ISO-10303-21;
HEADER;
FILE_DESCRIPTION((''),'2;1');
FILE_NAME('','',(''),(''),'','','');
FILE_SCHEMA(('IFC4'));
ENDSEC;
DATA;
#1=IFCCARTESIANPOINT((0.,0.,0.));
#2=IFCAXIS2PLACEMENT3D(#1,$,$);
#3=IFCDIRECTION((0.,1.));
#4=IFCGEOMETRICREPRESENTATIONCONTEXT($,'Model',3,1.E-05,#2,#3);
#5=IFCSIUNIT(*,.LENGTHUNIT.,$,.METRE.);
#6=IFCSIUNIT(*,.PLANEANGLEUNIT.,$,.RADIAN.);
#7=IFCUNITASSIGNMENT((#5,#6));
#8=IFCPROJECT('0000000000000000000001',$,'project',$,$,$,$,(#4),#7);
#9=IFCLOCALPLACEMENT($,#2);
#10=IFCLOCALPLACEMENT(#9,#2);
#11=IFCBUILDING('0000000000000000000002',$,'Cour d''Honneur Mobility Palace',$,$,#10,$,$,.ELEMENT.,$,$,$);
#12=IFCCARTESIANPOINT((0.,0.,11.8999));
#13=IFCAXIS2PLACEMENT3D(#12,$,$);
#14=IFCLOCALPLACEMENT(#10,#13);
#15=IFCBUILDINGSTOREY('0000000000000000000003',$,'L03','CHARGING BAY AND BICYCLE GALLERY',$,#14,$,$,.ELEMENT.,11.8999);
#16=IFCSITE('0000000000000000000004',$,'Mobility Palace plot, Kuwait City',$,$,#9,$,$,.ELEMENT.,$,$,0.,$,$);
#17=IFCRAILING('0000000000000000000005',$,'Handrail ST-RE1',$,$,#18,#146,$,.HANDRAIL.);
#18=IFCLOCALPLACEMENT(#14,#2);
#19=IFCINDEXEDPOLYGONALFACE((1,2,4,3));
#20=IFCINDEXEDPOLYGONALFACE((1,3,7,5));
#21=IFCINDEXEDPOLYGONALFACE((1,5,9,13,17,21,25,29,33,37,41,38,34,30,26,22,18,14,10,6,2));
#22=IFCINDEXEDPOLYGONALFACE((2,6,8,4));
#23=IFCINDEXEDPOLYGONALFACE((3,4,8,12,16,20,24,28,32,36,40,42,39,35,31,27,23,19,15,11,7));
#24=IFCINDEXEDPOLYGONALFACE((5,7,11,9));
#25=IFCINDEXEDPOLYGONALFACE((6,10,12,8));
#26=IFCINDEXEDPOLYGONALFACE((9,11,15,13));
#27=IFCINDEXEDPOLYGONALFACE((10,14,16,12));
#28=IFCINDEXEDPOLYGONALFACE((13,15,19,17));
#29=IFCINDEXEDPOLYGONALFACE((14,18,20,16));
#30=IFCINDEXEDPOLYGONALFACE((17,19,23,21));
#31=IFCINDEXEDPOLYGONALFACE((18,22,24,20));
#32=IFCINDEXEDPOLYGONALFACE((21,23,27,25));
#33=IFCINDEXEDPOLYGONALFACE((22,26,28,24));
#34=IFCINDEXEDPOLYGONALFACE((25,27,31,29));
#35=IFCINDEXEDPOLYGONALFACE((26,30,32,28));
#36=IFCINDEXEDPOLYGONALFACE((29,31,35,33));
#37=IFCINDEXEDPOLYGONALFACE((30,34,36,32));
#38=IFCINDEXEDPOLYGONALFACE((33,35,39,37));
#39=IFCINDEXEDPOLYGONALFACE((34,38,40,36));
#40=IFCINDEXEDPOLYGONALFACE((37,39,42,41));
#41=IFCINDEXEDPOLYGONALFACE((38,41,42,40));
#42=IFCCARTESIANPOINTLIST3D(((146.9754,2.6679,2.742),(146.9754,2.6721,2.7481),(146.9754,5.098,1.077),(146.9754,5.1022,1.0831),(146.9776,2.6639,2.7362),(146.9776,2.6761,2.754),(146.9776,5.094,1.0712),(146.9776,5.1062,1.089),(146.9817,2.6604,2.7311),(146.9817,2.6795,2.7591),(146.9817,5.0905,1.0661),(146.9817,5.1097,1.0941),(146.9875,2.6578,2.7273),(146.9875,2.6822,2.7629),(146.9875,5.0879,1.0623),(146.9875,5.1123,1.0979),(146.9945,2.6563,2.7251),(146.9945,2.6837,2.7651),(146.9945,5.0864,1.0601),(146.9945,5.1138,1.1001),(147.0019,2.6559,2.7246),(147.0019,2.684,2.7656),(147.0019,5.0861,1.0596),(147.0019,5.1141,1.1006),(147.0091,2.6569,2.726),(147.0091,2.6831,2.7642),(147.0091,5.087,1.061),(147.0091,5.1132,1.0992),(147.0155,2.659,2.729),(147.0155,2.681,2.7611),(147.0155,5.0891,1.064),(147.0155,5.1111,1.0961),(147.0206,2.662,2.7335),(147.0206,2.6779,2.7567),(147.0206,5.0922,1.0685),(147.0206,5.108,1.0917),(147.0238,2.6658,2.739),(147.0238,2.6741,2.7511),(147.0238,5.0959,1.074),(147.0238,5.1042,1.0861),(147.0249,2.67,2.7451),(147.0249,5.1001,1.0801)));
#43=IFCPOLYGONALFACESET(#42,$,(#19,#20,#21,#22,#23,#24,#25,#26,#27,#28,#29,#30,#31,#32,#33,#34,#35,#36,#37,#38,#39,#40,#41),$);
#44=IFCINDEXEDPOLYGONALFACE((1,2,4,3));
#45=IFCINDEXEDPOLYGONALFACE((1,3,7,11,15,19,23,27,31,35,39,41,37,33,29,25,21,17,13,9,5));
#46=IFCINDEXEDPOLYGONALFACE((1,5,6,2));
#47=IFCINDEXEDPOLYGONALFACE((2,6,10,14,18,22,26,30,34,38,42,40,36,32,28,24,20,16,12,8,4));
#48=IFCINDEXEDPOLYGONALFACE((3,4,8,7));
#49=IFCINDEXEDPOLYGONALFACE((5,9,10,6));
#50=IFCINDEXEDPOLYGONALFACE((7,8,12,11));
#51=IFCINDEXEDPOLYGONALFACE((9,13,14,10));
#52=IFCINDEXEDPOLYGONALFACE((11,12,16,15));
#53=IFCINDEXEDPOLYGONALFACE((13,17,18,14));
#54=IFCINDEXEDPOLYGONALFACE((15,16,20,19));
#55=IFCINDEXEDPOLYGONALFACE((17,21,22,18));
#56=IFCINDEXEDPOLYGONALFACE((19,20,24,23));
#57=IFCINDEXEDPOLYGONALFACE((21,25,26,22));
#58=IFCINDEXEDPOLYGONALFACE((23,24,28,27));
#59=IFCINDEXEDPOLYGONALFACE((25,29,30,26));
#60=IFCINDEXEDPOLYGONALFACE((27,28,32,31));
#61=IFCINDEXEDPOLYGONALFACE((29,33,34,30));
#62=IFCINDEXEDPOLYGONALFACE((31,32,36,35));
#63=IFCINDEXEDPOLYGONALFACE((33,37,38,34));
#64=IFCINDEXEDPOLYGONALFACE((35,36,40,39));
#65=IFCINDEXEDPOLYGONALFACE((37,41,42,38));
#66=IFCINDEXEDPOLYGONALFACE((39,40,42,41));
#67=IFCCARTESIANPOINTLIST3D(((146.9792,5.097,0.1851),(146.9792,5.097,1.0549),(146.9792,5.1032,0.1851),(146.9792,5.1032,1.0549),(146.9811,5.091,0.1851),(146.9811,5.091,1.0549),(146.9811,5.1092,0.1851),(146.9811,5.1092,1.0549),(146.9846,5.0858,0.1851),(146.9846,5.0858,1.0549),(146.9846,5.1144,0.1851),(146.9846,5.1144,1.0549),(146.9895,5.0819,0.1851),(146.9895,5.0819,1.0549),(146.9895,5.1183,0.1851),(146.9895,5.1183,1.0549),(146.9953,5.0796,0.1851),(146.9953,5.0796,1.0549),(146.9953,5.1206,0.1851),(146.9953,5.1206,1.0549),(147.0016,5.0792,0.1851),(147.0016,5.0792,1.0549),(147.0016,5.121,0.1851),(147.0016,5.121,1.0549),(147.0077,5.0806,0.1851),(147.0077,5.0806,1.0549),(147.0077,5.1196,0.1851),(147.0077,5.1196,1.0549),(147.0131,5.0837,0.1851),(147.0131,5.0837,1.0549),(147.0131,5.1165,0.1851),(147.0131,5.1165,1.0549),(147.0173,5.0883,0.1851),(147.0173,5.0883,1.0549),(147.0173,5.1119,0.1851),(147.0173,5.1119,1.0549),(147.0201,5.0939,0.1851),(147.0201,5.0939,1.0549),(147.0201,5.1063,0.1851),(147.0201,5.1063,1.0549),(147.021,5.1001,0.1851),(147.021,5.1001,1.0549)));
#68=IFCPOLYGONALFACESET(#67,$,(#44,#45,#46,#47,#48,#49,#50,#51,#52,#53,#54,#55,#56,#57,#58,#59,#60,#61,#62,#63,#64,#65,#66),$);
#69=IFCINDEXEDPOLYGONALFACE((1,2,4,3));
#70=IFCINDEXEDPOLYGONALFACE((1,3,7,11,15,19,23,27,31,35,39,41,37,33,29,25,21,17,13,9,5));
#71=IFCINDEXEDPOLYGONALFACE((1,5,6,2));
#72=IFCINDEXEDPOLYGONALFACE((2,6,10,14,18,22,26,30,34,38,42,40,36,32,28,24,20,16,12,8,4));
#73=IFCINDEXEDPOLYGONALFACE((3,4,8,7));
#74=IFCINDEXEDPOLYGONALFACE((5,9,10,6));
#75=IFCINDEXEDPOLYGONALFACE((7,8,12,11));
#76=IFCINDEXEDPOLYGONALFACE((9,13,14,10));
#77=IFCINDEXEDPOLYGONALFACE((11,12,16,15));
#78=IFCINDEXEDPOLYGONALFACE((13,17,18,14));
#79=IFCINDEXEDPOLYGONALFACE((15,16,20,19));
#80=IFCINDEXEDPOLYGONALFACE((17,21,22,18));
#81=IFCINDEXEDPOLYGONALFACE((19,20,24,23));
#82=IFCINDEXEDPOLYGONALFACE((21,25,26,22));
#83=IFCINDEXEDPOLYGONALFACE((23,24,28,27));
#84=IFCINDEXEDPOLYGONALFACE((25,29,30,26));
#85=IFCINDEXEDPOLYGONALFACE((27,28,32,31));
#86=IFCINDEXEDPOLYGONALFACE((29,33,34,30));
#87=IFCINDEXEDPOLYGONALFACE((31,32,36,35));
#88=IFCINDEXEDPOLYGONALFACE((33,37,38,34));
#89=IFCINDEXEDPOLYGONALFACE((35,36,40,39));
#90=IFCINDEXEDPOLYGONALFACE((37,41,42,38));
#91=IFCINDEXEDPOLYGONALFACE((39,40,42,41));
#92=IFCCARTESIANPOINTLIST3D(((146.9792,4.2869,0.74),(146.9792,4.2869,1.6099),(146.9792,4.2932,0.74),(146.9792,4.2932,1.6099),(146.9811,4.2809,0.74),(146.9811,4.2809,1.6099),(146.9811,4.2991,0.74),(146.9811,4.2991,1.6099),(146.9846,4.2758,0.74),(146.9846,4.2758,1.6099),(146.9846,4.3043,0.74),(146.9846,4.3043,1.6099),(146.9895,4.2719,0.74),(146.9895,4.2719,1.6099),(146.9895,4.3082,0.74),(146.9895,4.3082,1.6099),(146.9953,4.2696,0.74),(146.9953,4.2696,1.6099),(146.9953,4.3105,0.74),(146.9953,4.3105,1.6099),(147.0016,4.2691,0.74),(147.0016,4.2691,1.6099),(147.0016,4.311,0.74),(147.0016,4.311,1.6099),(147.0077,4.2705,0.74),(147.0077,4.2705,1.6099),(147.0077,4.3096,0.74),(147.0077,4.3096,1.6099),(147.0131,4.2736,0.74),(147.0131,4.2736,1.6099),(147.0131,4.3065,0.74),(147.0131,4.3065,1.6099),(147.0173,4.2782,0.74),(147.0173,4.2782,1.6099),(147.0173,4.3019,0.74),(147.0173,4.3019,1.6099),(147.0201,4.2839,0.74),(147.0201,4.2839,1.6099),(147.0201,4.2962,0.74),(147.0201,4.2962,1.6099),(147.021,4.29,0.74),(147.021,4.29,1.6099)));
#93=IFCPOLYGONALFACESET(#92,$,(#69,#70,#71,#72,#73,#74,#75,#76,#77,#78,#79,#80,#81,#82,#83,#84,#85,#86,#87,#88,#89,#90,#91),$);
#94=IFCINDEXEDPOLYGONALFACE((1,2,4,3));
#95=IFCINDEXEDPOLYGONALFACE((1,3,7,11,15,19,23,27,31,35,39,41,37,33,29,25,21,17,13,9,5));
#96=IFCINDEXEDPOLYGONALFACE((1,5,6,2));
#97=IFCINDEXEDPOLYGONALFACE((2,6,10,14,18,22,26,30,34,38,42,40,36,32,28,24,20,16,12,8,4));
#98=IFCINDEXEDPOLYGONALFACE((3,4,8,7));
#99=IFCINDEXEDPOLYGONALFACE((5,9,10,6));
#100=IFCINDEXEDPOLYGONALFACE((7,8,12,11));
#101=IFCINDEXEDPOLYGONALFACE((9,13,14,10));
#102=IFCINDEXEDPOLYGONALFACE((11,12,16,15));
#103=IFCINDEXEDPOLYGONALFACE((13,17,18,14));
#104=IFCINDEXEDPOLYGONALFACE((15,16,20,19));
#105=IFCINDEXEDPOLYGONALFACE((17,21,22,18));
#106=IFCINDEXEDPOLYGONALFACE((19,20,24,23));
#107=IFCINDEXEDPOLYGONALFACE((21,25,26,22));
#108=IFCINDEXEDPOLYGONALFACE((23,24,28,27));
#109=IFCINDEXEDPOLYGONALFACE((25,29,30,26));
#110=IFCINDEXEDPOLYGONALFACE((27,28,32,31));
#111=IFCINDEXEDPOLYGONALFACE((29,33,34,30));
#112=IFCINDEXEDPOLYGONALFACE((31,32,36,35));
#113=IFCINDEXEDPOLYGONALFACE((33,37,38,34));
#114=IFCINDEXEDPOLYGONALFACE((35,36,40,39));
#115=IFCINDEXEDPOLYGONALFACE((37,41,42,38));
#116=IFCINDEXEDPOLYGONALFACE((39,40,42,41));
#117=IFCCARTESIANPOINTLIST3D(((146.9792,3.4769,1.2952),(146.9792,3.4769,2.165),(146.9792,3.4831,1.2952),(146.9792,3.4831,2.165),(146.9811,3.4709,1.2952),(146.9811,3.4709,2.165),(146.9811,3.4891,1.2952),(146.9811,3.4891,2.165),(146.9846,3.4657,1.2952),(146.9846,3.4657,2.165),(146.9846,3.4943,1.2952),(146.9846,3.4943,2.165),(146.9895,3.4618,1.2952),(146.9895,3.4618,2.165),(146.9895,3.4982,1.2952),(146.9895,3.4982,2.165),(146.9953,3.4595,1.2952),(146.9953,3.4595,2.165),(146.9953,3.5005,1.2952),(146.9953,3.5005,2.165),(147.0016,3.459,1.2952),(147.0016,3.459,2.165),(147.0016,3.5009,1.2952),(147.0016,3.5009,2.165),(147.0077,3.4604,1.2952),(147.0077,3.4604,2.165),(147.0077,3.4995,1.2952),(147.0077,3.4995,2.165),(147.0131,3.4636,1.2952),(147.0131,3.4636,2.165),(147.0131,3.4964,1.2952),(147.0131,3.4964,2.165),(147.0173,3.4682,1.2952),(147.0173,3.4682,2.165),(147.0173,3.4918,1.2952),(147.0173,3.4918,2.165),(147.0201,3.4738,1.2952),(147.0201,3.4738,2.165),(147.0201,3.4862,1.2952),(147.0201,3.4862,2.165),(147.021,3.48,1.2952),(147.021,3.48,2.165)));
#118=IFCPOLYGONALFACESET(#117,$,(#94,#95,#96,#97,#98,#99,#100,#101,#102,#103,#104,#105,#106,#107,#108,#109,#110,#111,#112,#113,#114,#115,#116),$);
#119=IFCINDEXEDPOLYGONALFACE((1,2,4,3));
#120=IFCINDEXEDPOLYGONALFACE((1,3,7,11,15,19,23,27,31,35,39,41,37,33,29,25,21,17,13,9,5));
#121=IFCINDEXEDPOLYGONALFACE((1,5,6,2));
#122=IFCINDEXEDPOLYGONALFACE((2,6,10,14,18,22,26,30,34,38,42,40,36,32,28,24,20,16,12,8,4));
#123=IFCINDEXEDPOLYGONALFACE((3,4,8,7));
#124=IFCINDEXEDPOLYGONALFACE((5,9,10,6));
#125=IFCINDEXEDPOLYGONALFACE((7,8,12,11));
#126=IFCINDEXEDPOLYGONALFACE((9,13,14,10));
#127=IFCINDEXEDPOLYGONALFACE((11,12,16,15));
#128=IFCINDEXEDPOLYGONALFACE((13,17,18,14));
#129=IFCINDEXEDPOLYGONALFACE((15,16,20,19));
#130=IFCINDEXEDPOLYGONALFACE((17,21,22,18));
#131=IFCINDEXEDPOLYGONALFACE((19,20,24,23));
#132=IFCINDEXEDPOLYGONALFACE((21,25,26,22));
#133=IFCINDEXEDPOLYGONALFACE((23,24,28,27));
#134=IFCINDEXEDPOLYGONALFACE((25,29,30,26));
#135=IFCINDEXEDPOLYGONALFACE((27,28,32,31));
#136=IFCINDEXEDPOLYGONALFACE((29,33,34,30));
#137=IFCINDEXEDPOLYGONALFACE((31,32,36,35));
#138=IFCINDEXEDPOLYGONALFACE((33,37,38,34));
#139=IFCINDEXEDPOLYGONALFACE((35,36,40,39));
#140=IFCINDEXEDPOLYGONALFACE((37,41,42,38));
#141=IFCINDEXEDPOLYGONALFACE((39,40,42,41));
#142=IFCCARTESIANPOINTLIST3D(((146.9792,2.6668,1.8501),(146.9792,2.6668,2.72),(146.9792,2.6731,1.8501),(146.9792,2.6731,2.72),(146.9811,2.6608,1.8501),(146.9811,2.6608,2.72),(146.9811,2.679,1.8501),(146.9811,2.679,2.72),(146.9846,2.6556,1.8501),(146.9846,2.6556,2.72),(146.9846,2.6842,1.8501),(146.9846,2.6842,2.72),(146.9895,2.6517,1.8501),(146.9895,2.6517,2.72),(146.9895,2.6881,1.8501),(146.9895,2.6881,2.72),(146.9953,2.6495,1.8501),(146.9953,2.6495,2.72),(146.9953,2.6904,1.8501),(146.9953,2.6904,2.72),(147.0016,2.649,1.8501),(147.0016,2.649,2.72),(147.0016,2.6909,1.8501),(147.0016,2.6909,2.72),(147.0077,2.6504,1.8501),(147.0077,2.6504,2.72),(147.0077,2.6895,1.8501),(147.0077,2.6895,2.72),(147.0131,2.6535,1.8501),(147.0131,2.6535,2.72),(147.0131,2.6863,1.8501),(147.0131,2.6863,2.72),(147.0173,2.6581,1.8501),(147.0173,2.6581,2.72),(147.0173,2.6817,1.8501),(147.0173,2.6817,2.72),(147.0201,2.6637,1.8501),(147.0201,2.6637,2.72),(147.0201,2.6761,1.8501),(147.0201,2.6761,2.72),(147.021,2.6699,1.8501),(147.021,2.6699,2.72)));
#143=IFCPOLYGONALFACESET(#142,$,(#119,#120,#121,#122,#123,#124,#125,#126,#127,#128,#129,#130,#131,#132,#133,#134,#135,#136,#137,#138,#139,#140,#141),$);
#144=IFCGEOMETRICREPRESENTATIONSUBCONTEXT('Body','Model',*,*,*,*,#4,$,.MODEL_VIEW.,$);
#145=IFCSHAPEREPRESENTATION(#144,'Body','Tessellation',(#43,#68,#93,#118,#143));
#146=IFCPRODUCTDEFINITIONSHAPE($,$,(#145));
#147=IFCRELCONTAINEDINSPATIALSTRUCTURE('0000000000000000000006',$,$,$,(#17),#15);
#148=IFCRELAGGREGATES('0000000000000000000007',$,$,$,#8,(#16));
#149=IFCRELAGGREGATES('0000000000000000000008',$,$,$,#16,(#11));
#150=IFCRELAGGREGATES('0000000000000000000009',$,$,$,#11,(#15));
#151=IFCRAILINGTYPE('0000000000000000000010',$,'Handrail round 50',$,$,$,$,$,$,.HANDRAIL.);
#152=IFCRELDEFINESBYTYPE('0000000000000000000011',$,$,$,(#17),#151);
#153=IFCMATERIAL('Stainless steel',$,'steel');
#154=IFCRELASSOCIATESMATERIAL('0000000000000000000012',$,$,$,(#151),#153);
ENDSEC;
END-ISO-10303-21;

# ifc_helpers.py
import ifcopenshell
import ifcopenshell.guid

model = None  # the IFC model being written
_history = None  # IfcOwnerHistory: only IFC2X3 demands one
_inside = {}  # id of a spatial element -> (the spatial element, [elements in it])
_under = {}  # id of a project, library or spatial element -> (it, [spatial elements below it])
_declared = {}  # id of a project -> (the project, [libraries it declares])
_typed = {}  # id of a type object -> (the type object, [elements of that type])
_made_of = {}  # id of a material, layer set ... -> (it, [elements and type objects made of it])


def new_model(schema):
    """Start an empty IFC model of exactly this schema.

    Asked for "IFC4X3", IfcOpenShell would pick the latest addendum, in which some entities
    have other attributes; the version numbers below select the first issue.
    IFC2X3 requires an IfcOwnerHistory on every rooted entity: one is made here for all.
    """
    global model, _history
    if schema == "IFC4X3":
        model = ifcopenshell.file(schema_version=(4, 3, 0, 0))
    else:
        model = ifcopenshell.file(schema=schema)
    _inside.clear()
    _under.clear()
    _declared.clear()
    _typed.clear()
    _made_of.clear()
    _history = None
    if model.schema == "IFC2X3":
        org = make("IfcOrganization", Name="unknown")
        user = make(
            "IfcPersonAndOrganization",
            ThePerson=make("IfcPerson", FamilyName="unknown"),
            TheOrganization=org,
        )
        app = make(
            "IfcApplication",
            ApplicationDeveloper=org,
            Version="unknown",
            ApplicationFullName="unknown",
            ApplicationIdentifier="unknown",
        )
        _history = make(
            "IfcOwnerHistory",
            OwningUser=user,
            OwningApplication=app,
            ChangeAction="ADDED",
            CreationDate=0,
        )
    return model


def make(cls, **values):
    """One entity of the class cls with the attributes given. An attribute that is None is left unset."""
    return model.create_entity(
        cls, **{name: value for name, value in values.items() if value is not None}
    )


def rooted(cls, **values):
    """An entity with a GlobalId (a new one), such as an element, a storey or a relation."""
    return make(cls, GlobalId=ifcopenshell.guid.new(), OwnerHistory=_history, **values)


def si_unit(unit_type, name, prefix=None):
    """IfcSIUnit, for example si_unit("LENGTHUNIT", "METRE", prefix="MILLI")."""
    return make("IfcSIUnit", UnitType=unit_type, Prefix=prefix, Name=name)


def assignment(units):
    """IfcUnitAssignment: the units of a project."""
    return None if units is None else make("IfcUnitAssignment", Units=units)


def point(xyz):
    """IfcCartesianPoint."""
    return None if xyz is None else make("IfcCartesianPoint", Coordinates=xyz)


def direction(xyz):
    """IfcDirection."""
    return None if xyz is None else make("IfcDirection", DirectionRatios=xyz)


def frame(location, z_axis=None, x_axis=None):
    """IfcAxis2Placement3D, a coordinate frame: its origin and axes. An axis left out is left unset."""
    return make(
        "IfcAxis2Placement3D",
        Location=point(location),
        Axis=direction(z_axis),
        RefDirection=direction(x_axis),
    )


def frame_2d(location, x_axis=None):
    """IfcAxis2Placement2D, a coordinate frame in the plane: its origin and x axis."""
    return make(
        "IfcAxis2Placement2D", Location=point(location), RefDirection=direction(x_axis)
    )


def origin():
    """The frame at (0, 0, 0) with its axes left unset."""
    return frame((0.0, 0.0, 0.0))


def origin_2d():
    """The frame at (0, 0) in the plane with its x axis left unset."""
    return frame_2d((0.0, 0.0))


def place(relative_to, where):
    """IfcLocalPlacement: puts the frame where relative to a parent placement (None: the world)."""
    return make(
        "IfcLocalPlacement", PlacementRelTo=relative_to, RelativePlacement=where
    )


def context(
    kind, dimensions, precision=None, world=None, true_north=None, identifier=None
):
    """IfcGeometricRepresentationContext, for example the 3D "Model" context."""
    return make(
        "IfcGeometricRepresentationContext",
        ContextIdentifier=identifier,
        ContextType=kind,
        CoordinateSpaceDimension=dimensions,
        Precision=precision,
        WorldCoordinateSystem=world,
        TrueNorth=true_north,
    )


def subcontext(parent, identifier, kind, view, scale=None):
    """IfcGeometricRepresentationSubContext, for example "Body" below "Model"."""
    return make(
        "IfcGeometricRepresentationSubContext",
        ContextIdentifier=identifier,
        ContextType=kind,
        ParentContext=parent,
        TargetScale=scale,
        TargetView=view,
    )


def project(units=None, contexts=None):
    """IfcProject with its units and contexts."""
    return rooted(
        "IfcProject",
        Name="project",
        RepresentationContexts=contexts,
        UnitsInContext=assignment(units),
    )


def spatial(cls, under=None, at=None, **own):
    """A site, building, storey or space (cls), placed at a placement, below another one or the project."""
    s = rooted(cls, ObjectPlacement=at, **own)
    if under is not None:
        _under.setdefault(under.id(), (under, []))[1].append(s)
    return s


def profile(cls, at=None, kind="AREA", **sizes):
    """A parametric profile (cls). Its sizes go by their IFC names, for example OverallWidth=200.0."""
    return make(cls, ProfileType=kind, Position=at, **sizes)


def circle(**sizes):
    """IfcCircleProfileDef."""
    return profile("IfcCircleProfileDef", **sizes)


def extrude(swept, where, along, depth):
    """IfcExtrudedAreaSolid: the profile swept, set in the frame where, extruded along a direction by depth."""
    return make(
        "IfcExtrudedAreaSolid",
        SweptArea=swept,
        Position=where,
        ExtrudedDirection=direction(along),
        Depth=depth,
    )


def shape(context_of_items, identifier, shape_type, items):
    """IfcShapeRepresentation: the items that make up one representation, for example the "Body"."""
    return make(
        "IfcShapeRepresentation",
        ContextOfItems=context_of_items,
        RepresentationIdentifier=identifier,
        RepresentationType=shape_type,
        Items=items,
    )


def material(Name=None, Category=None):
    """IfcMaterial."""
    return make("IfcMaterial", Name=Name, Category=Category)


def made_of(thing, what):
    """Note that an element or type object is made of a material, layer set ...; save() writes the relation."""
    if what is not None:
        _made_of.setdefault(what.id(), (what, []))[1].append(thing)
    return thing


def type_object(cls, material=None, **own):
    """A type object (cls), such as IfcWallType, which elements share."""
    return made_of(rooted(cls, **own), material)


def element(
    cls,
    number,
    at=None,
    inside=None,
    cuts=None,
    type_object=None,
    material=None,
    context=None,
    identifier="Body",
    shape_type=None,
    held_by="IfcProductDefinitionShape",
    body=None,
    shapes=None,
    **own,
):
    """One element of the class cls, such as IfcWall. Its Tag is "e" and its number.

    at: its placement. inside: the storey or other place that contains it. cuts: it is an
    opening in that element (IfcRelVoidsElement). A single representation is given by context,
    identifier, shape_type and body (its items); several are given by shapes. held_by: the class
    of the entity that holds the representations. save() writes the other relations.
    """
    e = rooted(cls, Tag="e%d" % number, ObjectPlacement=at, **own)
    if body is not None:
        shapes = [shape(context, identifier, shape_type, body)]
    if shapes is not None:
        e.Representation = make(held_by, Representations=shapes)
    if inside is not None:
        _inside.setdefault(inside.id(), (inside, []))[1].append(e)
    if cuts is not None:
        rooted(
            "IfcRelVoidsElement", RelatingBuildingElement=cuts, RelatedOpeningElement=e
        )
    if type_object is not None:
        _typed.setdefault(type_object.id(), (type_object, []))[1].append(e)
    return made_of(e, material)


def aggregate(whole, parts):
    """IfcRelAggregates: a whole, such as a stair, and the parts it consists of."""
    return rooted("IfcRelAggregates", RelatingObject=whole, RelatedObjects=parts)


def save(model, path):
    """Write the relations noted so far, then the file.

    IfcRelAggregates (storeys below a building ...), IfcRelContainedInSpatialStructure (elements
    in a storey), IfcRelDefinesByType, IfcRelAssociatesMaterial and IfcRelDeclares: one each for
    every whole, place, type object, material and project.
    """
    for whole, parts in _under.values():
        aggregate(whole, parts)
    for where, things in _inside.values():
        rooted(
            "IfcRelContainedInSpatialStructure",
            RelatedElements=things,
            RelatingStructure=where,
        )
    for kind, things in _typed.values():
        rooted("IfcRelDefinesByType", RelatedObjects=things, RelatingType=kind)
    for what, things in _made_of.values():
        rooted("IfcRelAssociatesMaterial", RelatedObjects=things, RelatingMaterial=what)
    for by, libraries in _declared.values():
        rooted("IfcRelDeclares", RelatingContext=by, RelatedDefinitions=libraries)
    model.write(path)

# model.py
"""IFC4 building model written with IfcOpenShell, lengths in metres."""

from ifc_helpers import new_model, si_unit, direction, frame, origin, origin_2d, place, context, subcontext, project, spatial, circle, extrude, material, type_object, element, save


model = new_model("IFC4")

# Units and contexts
model_context = context("Model", 3, precision=1e-05, world=origin(), true_north=direction((0.0, 1.0)))
body_context = subcontext(model_context, "Body", "Model", "MODEL_VIEW")
ifc_project = project(units=[si_unit("LENGTHUNIT", "METRE"), si_unit("PLANEANGLEUNIT", "RADIAN")], contexts=[model_context])

# Site, building, storey
site_placement = place(None, origin())
site = spatial("IfcSite", under=ifc_project, at=site_placement, Name="Mobility Palace plot, Kuwait City", CompositionType="ELEMENT", RefElevation=0.0)
building_placement = place(site_placement, origin())
building = spatial("IfcBuilding", under=site, at=building_placement, Name="Cour d'Honneur Mobility Palace", CompositionType="ELEMENT")
storey_placement = place(building_placement, frame((0.0, 0.0, 11.8999)))
storey = spatial("IfcBuildingStorey", under=building, at=storey_placement, Name="L03", Description="CHARGING BAY AND BICYCLE GALLERY", CompositionType="ELEMENT", Elevation=11.8999)

# Railing
ifc_material_1 = material(Name="Stainless steel", Category="steel")
railing_type_1 = type_object("IfcRailingType", Name="Handrail round 50", PredefinedType="HANDRAIL", material=ifc_material_1)
for number, where, name in (
    (1, (147.0, 5.1001, 0.1851), "Handrail ST-RE1"),
):
    element("IfcRailing", number, at=place(storey_placement, frame(where)), inside=storey, type_object=railing_type_1, Name=name, PredefinedType="HANDRAIL", context=body_context, shape_type="SweptSolid", body=[
        extrude(circle(Radius=0.0249, at=origin_2d()), frame((0.0, 0.0, 0.895), z_axis=(0.0, -0.824945, 0.565213), x_axis=(1.0, 0.0, 0.0)), (0.0, 0.0, 1.0), 2.9458),
        extrude(circle(Radius=0.021, at=origin_2d()), origin(), (0.0, 0.0, 1.0), 0.8699),
        extrude(circle(Radius=0.021, at=origin_2d()), frame((0.0, -0.8101, 0.5549)), (0.0, 0.0, 1.0), 0.8699),
        extrude(circle(Radius=0.021, at=origin_2d()), frame((0.0, -1.6201, 1.1101)), (0.0, 0.0, 1.0), 0.8699),
        extrude(circle(Radius=0.021, at=origin_2d()), frame((0.0, -2.4302, 1.665)), (0.0, 0.0, 1.0), 0.8699),
    ])

save(model, "model.ifc")
